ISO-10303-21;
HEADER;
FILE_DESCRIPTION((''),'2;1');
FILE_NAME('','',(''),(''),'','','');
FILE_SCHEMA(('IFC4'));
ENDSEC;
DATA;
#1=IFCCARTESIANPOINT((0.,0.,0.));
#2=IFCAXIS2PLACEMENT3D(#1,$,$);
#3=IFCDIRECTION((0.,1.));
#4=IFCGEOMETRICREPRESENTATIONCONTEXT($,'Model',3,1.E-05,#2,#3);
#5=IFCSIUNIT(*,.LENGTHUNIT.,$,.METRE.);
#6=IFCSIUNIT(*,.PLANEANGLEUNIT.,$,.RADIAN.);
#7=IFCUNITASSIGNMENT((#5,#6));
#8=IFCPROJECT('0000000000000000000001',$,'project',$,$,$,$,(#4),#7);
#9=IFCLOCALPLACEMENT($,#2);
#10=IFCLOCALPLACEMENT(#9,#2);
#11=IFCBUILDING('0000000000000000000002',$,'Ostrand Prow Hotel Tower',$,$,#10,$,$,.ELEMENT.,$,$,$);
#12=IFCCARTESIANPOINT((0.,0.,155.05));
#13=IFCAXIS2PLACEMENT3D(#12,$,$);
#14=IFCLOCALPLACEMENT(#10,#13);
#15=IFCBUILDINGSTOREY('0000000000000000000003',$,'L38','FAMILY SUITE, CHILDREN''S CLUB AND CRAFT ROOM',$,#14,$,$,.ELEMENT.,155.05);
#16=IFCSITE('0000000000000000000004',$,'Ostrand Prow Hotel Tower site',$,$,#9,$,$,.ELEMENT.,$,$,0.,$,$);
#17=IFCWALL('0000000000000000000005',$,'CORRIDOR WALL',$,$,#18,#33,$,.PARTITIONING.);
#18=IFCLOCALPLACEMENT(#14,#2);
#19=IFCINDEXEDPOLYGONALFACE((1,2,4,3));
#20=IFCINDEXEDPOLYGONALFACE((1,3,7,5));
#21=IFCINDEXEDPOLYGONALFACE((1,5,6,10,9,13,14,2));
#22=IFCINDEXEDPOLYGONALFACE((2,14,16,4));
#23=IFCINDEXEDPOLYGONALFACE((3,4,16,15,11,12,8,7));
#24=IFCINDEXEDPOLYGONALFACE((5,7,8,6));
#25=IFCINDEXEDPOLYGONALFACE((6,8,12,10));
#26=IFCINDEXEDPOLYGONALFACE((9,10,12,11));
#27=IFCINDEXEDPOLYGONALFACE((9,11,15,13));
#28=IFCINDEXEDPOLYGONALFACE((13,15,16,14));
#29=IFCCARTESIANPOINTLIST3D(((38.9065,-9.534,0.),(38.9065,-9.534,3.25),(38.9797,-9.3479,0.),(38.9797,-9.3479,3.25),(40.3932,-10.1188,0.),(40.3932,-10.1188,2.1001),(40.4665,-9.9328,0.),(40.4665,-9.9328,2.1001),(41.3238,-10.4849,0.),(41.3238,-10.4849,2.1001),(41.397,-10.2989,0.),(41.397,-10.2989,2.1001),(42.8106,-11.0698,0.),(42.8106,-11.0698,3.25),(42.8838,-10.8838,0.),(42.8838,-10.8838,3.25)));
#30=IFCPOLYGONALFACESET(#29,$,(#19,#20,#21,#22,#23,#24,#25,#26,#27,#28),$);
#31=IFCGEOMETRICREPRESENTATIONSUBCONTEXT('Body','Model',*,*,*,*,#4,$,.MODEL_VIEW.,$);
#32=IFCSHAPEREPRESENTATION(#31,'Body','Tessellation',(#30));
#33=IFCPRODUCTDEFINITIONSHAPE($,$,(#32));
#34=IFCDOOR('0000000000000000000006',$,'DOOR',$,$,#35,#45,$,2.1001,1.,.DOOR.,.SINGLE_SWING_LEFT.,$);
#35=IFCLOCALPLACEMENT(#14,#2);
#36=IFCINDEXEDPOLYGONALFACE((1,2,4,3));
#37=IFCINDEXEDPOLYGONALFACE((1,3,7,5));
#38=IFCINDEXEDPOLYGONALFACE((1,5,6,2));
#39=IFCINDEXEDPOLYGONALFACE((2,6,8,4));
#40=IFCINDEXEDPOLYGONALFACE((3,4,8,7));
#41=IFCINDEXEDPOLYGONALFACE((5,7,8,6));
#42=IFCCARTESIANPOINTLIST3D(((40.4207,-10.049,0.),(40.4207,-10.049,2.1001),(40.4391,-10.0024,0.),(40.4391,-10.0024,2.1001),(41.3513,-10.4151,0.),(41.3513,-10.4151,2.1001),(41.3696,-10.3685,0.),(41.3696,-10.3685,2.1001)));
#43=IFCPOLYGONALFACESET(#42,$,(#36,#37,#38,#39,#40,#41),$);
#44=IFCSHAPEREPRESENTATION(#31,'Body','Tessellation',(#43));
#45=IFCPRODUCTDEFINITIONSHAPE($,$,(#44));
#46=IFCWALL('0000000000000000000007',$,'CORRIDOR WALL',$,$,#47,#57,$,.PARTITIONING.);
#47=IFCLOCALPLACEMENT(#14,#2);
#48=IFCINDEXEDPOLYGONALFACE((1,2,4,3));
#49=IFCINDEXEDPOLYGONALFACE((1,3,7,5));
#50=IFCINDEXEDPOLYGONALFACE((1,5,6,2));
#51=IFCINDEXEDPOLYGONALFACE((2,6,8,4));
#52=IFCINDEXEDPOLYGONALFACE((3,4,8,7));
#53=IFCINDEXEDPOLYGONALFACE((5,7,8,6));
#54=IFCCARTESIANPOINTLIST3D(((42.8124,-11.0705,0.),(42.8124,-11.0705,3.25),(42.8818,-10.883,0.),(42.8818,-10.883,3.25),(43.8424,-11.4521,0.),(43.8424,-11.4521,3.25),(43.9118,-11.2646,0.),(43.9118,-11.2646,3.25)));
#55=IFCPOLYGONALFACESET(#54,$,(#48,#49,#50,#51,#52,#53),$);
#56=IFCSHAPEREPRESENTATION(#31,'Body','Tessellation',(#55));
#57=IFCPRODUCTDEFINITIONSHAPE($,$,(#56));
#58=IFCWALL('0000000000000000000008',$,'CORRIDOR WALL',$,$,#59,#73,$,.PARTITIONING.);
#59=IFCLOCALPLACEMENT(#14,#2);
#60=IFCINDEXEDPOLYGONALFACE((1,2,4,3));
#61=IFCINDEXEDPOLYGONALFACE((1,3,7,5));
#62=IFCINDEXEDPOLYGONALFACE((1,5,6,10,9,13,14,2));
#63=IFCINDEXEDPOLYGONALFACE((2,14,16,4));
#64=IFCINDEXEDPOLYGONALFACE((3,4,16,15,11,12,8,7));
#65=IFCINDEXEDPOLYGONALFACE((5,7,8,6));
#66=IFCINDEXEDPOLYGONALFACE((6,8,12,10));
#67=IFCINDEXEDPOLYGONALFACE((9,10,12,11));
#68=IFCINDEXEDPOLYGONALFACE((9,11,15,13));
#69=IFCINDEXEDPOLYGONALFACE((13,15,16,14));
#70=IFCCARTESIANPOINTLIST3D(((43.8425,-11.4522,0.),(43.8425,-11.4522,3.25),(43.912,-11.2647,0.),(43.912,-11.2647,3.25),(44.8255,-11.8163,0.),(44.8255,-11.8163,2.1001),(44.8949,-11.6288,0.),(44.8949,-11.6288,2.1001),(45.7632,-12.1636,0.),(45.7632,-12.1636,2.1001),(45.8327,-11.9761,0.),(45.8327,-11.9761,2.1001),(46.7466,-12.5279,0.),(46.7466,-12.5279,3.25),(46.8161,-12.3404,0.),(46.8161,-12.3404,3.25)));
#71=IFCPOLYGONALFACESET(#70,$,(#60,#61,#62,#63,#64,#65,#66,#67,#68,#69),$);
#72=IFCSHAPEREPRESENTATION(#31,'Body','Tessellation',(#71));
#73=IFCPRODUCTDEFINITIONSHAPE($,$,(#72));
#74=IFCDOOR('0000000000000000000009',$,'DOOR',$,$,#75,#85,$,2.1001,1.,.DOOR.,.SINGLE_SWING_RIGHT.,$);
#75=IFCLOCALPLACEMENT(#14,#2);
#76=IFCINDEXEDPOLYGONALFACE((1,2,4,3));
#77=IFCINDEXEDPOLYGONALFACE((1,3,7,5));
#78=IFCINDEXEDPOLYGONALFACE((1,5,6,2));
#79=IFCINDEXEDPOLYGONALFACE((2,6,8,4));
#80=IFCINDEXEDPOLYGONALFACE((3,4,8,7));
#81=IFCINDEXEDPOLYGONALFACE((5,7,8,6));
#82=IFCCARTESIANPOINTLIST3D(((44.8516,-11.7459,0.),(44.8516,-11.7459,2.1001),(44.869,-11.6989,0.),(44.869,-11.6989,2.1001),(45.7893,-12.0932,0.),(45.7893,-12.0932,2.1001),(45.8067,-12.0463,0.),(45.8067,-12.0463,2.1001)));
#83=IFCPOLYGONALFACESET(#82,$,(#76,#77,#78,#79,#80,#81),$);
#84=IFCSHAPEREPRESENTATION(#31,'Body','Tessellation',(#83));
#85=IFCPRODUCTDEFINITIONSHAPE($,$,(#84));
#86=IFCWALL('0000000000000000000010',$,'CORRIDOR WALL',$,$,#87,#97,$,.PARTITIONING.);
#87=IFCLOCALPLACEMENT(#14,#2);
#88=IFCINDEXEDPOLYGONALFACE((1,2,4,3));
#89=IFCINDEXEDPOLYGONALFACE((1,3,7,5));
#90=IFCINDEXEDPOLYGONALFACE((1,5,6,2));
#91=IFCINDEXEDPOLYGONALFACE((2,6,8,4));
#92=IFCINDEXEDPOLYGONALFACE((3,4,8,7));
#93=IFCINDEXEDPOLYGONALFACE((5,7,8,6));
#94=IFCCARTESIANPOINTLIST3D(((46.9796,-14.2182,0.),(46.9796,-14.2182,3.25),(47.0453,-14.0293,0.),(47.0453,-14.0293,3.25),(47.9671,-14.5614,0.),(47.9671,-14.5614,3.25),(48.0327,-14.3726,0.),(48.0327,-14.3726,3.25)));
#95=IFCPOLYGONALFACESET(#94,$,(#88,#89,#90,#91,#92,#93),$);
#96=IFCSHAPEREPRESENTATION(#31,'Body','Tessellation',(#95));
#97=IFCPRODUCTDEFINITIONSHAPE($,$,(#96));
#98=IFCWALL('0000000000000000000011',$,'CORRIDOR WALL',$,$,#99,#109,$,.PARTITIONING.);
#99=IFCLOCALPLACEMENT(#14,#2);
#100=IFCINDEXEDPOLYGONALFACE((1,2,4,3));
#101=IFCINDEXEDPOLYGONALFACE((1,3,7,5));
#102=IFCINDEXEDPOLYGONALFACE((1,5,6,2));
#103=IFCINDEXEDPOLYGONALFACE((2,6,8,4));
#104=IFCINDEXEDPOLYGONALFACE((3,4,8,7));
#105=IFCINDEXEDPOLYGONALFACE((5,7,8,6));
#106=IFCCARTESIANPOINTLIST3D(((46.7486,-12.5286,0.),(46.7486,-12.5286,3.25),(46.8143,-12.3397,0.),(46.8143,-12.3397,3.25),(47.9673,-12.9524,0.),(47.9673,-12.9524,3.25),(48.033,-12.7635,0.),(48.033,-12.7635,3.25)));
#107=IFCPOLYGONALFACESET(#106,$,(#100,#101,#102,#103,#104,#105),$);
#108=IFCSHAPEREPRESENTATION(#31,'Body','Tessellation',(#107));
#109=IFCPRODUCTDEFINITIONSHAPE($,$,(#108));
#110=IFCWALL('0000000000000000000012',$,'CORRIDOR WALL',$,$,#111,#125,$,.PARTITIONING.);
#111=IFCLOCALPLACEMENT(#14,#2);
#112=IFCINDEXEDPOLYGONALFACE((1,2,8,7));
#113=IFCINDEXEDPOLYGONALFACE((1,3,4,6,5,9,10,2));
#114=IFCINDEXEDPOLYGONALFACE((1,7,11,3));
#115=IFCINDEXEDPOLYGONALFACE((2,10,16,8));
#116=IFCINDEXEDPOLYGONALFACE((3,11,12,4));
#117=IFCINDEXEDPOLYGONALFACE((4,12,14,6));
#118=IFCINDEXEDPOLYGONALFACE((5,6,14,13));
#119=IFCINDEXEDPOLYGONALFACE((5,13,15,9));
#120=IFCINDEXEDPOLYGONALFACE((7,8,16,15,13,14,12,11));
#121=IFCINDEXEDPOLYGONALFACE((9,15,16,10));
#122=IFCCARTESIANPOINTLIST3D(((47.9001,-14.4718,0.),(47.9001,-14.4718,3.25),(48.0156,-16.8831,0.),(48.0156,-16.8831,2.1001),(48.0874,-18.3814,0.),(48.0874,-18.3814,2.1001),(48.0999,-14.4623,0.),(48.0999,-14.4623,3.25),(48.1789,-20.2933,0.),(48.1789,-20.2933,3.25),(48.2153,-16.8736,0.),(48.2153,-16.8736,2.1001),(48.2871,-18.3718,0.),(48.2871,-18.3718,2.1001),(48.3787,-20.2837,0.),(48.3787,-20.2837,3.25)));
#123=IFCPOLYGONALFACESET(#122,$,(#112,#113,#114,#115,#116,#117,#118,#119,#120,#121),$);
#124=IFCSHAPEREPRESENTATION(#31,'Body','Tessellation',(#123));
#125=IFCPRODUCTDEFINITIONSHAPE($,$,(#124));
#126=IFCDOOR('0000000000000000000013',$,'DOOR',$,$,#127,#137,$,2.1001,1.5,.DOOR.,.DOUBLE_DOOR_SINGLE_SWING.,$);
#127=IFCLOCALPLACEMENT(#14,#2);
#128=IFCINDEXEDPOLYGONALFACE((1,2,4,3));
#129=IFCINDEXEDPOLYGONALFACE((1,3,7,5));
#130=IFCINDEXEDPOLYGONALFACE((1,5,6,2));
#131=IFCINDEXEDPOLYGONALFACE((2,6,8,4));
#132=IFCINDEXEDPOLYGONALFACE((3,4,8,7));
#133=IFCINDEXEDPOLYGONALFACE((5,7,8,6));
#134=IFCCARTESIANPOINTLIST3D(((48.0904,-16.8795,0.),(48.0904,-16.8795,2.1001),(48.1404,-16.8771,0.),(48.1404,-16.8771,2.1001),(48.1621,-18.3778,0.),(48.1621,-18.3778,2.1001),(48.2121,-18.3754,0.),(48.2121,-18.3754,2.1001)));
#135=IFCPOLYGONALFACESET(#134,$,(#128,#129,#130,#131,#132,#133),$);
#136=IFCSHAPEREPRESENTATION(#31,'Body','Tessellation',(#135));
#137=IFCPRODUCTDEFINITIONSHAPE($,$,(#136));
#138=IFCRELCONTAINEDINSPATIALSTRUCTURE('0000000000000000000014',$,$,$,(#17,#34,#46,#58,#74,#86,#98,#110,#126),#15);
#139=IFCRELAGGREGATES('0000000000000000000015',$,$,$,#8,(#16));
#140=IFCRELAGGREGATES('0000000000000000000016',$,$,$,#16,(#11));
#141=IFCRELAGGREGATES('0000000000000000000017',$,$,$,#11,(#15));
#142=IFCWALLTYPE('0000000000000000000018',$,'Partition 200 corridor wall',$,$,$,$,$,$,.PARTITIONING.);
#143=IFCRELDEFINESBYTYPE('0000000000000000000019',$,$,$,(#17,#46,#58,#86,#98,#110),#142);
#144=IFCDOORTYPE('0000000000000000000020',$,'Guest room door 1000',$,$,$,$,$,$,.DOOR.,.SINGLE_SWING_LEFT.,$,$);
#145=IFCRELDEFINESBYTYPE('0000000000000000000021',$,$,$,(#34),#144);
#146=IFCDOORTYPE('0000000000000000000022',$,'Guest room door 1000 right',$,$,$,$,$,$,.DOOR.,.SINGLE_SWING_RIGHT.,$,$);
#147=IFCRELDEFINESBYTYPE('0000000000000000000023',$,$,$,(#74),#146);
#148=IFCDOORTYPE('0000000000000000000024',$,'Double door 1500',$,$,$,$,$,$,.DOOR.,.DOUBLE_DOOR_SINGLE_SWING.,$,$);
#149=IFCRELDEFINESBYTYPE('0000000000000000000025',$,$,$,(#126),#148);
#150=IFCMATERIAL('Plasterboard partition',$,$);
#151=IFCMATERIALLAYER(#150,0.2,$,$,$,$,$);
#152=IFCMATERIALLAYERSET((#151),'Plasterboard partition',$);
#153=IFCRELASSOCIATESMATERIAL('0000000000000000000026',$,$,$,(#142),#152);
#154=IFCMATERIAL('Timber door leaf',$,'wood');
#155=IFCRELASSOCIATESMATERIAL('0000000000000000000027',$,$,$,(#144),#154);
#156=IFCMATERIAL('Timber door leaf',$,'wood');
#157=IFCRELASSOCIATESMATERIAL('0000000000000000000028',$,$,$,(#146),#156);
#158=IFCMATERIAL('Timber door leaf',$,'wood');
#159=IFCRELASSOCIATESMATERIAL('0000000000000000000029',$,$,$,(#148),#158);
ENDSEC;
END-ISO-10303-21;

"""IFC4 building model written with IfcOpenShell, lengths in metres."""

from ifc_helpers import new_model, si_unit, direction, frame, frame_2d, origin, place, context, subcontext, project, spatial, rectangle, extrude, material, layer, layer_set, type_object, element, fill, save


model = new_model("IFC4")

# Units and contexts
model_context = context("Model", 3, precision=1e-05, world=origin(), true_north=direction((0.0, 1.0)))
body_context = subcontext(model_context, "Body", "Model", "MODEL_VIEW")
ifc_project = project(units=[si_unit("LENGTHUNIT", "METRE"), si_unit("PLANEANGLEUNIT", "RADIAN")], contexts=[model_context])

# Site, building, storey
site_placement = place(None, origin())
site = spatial("IfcSite", under=ifc_project, at=site_placement, Name="Ostrand Prow Hotel Tower site", CompositionType="ELEMENT", RefElevation=0.0)
building_placement = place(site_placement, origin())
building = spatial("IfcBuilding", under=site, at=building_placement, Name="Ostrand Prow Hotel Tower", CompositionType="ELEMENT")
storey_placement = place(building_placement, frame((0.0, 0.0, 155.05)))
storey = spatial("IfcBuildingStorey", under=building, at=storey_placement, Name="L38", Description="FAMILY SUITE, CHILDREN'S CLUB AND CRAFT ROOM", CompositionType="ELEMENT", Elevation=155.05)

# Wall, opening, door
ifc_material_1 = material(Name="Plasterboard partition")
ifc_layer_1 = layer(ifc_material_1, 0.2)
ifc_layer_set_1 = layer_set([ifc_layer_1], Name="Plasterboard partition")
wall_type_1 = type_object("IfcWallType", Name="Partition 200 corridor wall", PredefinedType="PARTITIONING", material=ifc_layer_set_1)
wall_1_placement = place(storey_placement, frame((42.8472, -10.9768, 0.0), z_axis=(0.0, 0.0, 1.0), x_axis=(-0.930577, 0.366097, 0.0)))
wall_1 = element("IfcWall", 1, at=wall_1_placement, inside=storey, type_object=wall_type_1, Name="CORRIDOR WALL", PredefinedType="PARTITIONING", context=body_context, shape_type="SweptSolid", body=[
    extrude(rectangle(XDim=4.1953, YDim=0.2, at=frame_2d((2.0977, 0.0))), origin(), (0.0, 0.0, 1.0), 3.25),
])
opening_1_placement = place(wall_1_placement, frame((1.5977, 0.0, 0.0)))
opening_1 = element("IfcOpeningElement", 2, at=opening_1_placement, cuts=wall_1, PredefinedType="OPENING", context=body_context, shape_type="SweptSolid", body=[
    extrude(rectangle(XDim=1.0, YDim=2.1001, at=frame_2d((0.5, 1.05))), frame((0.0, 0.1099, 0.0), z_axis=(0.0, -1.0, 0.0), x_axis=(1.0, 0.0, 0.0)), (0.0, 0.0, 1.0), 0.22),
])
ifc_material_2 = material(Name="Timber door leaf", Category="wood")
door_type_1 = type_object("IfcDoorType", Name="Guest room door 1000", OperationType="SINGLE_SWING_LEFT", PredefinedType="DOOR", material=ifc_material_2)
door_1_placement = place(opening_1_placement, origin())
door_1 = element("IfcDoor", 3, at=door_1_placement, inside=storey, type_object=door_type_1, Name="DOOR", OperationType="SINGLE_SWING_LEFT", OverallHeight=2.1001, OverallWidth=1.0, PredefinedType="DOOR", context=body_context, shape_type="SweptSolid", body=[
    extrude(rectangle(XDim=1.0, YDim=2.1001, at=frame_2d((0.5, 1.05))), frame((0.0, 0.0249, 0.0), z_axis=(0.0, -1.0, 0.0), x_axis=(1.0, 0.0, 0.0)), (0.0, 0.0, 1.0), 0.05),
])
fill(opening_1, door_1)

# Wall
wall_2_placement = place(storey_placement, frame((43.8772, -11.3584, 0.0), z_axis=(0.0, 0.0, 1.0), x_axis=(-0.937719, 0.347394, 0.0)))
element("IfcWall", 4, at=wall_2_placement, inside=storey, type_object=wall_type_1, Name="CORRIDOR WALL", PredefinedType="PARTITIONING", context=body_context, shape_type="SweptSolid", body=[
    extrude(rectangle(XDim=1.0984, YDim=0.2, at=frame_2d((0.5493, 0.0))), origin(), (0.0, 0.0, 1.0), 3.25),
])

# Wall, opening, door
wall_3_placement = place(storey_placement, frame((46.7812, -12.4341, 0.0), z_axis=(0.0, 0.0, 1.0), x_axis=(-0.937737, 0.347345, 0.0)))
wall_3 = element("IfcWall", 5, at=wall_3_placement, inside=storey, type_object=wall_type_1, Name="CORRIDOR WALL", PredefinedType="PARTITIONING", context=body_context, shape_type="SweptSolid", body=[
    extrude(rectangle(XDim=3.0969, YDim=0.2, at=frame_2d((1.5483, 0.0))), origin(), (0.0, 0.0, 1.0), 3.25),
])
opening_2_placement = place(wall_3_placement, frame((1.0486, 0.0, 0.0)))
opening_2 = element("IfcOpeningElement", 6, at=opening_2_placement, cuts=wall_3, PredefinedType="OPENING", context=body_context, shape_type="SweptSolid", body=[
    extrude(rectangle(XDim=1.0, YDim=2.1001, at=frame_2d((0.5, 1.05))), frame((0.0, 0.1099, 0.0), z_axis=(0.0, -1.0, 0.0), x_axis=(1.0, 0.0, 0.0)), (0.0, 0.0, 1.0), 0.22),
])
ifc_material_3 = material(Name="Timber door leaf", Category="wood")
door_type_2 = type_object("IfcDoorType", Name="Guest room door 1000 right", OperationType="SINGLE_SWING_RIGHT", PredefinedType="DOOR", material=ifc_material_3)
door_2_placement = place(opening_2_placement, origin())
door_2 = element("IfcDoor", 7, at=door_2_placement, inside=storey, type_object=door_type_2, Name="DOOR", OperationType="SINGLE_SWING_RIGHT", OverallHeight=2.1001, OverallWidth=1.0, PredefinedType="DOOR", context=body_context, shape_type="SweptSolid", body=[
    extrude(rectangle(XDim=1.0, YDim=2.1001, at=frame_2d((0.5, 1.05))), frame((0.0, 0.0249, 0.0), z_axis=(0.0, -1.0, 0.0), x_axis=(1.0, 0.0, 0.0)), (0.0, 0.0, 1.0), 0.05),
])
fill(opening_2, door_2)

# Walls
wall_4_placement = place(storey_placement, frame((47.0125, -14.1238, 0.0), z_axis=(0.0, 0.0, 1.0), x_axis=(0.944566, -0.328321, 0.0)))
element("IfcWall", 8, at=wall_4_placement, inside=storey, type_object=wall_type_1, Name="CORRIDOR WALL", PredefinedType="PARTITIONING", context=body_context, shape_type="SweptSolid", body=[
    extrude(rectangle(XDim=1.0454, YDim=0.2, at=frame_2d((0.5227, 0.0))), origin(), (0.0, 0.0, 1.0), 3.25),
])
wall_5_placement = place(storey_placement, frame((48.0, -12.8579, 0.0), z_axis=(0.0, 0.0, 1.0), x_axis=(-0.944517, 0.328462, 0.0)))
element("IfcWall", 9, at=wall_5_placement, inside=storey, type_object=wall_type_1, Name="CORRIDOR WALL", PredefinedType="PARTITIONING", context=body_context, shape_type="SweptSolid", body=[
    extrude(rectangle(XDim=1.2903, YDim=0.2, at=frame_2d((0.645, 0.0))), origin(), (0.0, 0.0, 1.0), 3.25),
])

# Wall, opening, door
wall_6_placement = place(storey_placement, frame((48.0, -14.467, 0.0), z_axis=(0.0, 0.0, 1.0), x_axis=(0.047838, -0.998855, 0.0)))
wall_6 = element("IfcWall", 10, at=wall_6_placement, inside=storey, type_object=wall_type_1, Name="CORRIDOR WALL", PredefinedType="PARTITIONING", context=body_context, shape_type="SweptSolid", body=[
    extrude(rectangle(XDim=5.8281, YDim=0.2, at=frame_2d((2.9141, 0.0))), origin(), (0.0, 0.0, 1.0), 3.25),
])
opening_3_placement = place(wall_6_placement, frame((2.4141, 0.0, 0.0)))
opening_3 = element("IfcOpeningElement", 11, at=opening_3_placement, cuts=wall_6, PredefinedType="OPENING", context=body_context, shape_type="SweptSolid", body=[
    extrude(rectangle(XDim=1.5, YDim=2.1001, at=frame_2d((0.75, 1.05))), frame((0.0, 0.1099, 0.0), z_axis=(0.0, -1.0, 0.0), x_axis=(1.0, 0.0, 0.0)), (0.0, 0.0, 1.0), 0.22),
])
ifc_material_4 = material(Name="Timber door leaf", Category="wood")
door_type_3 = type_object("IfcDoorType", Name="Double door 1500", OperationType="DOUBLE_DOOR_SINGLE_SWING", PredefinedType="DOOR", material=ifc_material_4)
door_3_placement = place(opening_3_placement, origin())
door_3 = element("IfcDoor", 12, at=door_3_placement, inside=storey, type_object=door_type_3, Name="DOOR", OperationType="DOUBLE_DOOR_SINGLE_SWING", OverallHeight=2.1001, OverallWidth=1.5, PredefinedType="DOOR", context=body_context, shape_type="SweptSolid", body=[
    extrude(rectangle(XDim=1.5, YDim=2.1001, at=frame_2d((0.75, 1.05))), frame((0.0, 0.0249, 0.0), z_axis=(0.0, -1.0, 0.0), x_axis=(1.0, 0.0, 0.0)), (0.0, 0.0, 1.0), 0.05),
])
fill(opening_3, door_3)

save(model, "model.ifc")
